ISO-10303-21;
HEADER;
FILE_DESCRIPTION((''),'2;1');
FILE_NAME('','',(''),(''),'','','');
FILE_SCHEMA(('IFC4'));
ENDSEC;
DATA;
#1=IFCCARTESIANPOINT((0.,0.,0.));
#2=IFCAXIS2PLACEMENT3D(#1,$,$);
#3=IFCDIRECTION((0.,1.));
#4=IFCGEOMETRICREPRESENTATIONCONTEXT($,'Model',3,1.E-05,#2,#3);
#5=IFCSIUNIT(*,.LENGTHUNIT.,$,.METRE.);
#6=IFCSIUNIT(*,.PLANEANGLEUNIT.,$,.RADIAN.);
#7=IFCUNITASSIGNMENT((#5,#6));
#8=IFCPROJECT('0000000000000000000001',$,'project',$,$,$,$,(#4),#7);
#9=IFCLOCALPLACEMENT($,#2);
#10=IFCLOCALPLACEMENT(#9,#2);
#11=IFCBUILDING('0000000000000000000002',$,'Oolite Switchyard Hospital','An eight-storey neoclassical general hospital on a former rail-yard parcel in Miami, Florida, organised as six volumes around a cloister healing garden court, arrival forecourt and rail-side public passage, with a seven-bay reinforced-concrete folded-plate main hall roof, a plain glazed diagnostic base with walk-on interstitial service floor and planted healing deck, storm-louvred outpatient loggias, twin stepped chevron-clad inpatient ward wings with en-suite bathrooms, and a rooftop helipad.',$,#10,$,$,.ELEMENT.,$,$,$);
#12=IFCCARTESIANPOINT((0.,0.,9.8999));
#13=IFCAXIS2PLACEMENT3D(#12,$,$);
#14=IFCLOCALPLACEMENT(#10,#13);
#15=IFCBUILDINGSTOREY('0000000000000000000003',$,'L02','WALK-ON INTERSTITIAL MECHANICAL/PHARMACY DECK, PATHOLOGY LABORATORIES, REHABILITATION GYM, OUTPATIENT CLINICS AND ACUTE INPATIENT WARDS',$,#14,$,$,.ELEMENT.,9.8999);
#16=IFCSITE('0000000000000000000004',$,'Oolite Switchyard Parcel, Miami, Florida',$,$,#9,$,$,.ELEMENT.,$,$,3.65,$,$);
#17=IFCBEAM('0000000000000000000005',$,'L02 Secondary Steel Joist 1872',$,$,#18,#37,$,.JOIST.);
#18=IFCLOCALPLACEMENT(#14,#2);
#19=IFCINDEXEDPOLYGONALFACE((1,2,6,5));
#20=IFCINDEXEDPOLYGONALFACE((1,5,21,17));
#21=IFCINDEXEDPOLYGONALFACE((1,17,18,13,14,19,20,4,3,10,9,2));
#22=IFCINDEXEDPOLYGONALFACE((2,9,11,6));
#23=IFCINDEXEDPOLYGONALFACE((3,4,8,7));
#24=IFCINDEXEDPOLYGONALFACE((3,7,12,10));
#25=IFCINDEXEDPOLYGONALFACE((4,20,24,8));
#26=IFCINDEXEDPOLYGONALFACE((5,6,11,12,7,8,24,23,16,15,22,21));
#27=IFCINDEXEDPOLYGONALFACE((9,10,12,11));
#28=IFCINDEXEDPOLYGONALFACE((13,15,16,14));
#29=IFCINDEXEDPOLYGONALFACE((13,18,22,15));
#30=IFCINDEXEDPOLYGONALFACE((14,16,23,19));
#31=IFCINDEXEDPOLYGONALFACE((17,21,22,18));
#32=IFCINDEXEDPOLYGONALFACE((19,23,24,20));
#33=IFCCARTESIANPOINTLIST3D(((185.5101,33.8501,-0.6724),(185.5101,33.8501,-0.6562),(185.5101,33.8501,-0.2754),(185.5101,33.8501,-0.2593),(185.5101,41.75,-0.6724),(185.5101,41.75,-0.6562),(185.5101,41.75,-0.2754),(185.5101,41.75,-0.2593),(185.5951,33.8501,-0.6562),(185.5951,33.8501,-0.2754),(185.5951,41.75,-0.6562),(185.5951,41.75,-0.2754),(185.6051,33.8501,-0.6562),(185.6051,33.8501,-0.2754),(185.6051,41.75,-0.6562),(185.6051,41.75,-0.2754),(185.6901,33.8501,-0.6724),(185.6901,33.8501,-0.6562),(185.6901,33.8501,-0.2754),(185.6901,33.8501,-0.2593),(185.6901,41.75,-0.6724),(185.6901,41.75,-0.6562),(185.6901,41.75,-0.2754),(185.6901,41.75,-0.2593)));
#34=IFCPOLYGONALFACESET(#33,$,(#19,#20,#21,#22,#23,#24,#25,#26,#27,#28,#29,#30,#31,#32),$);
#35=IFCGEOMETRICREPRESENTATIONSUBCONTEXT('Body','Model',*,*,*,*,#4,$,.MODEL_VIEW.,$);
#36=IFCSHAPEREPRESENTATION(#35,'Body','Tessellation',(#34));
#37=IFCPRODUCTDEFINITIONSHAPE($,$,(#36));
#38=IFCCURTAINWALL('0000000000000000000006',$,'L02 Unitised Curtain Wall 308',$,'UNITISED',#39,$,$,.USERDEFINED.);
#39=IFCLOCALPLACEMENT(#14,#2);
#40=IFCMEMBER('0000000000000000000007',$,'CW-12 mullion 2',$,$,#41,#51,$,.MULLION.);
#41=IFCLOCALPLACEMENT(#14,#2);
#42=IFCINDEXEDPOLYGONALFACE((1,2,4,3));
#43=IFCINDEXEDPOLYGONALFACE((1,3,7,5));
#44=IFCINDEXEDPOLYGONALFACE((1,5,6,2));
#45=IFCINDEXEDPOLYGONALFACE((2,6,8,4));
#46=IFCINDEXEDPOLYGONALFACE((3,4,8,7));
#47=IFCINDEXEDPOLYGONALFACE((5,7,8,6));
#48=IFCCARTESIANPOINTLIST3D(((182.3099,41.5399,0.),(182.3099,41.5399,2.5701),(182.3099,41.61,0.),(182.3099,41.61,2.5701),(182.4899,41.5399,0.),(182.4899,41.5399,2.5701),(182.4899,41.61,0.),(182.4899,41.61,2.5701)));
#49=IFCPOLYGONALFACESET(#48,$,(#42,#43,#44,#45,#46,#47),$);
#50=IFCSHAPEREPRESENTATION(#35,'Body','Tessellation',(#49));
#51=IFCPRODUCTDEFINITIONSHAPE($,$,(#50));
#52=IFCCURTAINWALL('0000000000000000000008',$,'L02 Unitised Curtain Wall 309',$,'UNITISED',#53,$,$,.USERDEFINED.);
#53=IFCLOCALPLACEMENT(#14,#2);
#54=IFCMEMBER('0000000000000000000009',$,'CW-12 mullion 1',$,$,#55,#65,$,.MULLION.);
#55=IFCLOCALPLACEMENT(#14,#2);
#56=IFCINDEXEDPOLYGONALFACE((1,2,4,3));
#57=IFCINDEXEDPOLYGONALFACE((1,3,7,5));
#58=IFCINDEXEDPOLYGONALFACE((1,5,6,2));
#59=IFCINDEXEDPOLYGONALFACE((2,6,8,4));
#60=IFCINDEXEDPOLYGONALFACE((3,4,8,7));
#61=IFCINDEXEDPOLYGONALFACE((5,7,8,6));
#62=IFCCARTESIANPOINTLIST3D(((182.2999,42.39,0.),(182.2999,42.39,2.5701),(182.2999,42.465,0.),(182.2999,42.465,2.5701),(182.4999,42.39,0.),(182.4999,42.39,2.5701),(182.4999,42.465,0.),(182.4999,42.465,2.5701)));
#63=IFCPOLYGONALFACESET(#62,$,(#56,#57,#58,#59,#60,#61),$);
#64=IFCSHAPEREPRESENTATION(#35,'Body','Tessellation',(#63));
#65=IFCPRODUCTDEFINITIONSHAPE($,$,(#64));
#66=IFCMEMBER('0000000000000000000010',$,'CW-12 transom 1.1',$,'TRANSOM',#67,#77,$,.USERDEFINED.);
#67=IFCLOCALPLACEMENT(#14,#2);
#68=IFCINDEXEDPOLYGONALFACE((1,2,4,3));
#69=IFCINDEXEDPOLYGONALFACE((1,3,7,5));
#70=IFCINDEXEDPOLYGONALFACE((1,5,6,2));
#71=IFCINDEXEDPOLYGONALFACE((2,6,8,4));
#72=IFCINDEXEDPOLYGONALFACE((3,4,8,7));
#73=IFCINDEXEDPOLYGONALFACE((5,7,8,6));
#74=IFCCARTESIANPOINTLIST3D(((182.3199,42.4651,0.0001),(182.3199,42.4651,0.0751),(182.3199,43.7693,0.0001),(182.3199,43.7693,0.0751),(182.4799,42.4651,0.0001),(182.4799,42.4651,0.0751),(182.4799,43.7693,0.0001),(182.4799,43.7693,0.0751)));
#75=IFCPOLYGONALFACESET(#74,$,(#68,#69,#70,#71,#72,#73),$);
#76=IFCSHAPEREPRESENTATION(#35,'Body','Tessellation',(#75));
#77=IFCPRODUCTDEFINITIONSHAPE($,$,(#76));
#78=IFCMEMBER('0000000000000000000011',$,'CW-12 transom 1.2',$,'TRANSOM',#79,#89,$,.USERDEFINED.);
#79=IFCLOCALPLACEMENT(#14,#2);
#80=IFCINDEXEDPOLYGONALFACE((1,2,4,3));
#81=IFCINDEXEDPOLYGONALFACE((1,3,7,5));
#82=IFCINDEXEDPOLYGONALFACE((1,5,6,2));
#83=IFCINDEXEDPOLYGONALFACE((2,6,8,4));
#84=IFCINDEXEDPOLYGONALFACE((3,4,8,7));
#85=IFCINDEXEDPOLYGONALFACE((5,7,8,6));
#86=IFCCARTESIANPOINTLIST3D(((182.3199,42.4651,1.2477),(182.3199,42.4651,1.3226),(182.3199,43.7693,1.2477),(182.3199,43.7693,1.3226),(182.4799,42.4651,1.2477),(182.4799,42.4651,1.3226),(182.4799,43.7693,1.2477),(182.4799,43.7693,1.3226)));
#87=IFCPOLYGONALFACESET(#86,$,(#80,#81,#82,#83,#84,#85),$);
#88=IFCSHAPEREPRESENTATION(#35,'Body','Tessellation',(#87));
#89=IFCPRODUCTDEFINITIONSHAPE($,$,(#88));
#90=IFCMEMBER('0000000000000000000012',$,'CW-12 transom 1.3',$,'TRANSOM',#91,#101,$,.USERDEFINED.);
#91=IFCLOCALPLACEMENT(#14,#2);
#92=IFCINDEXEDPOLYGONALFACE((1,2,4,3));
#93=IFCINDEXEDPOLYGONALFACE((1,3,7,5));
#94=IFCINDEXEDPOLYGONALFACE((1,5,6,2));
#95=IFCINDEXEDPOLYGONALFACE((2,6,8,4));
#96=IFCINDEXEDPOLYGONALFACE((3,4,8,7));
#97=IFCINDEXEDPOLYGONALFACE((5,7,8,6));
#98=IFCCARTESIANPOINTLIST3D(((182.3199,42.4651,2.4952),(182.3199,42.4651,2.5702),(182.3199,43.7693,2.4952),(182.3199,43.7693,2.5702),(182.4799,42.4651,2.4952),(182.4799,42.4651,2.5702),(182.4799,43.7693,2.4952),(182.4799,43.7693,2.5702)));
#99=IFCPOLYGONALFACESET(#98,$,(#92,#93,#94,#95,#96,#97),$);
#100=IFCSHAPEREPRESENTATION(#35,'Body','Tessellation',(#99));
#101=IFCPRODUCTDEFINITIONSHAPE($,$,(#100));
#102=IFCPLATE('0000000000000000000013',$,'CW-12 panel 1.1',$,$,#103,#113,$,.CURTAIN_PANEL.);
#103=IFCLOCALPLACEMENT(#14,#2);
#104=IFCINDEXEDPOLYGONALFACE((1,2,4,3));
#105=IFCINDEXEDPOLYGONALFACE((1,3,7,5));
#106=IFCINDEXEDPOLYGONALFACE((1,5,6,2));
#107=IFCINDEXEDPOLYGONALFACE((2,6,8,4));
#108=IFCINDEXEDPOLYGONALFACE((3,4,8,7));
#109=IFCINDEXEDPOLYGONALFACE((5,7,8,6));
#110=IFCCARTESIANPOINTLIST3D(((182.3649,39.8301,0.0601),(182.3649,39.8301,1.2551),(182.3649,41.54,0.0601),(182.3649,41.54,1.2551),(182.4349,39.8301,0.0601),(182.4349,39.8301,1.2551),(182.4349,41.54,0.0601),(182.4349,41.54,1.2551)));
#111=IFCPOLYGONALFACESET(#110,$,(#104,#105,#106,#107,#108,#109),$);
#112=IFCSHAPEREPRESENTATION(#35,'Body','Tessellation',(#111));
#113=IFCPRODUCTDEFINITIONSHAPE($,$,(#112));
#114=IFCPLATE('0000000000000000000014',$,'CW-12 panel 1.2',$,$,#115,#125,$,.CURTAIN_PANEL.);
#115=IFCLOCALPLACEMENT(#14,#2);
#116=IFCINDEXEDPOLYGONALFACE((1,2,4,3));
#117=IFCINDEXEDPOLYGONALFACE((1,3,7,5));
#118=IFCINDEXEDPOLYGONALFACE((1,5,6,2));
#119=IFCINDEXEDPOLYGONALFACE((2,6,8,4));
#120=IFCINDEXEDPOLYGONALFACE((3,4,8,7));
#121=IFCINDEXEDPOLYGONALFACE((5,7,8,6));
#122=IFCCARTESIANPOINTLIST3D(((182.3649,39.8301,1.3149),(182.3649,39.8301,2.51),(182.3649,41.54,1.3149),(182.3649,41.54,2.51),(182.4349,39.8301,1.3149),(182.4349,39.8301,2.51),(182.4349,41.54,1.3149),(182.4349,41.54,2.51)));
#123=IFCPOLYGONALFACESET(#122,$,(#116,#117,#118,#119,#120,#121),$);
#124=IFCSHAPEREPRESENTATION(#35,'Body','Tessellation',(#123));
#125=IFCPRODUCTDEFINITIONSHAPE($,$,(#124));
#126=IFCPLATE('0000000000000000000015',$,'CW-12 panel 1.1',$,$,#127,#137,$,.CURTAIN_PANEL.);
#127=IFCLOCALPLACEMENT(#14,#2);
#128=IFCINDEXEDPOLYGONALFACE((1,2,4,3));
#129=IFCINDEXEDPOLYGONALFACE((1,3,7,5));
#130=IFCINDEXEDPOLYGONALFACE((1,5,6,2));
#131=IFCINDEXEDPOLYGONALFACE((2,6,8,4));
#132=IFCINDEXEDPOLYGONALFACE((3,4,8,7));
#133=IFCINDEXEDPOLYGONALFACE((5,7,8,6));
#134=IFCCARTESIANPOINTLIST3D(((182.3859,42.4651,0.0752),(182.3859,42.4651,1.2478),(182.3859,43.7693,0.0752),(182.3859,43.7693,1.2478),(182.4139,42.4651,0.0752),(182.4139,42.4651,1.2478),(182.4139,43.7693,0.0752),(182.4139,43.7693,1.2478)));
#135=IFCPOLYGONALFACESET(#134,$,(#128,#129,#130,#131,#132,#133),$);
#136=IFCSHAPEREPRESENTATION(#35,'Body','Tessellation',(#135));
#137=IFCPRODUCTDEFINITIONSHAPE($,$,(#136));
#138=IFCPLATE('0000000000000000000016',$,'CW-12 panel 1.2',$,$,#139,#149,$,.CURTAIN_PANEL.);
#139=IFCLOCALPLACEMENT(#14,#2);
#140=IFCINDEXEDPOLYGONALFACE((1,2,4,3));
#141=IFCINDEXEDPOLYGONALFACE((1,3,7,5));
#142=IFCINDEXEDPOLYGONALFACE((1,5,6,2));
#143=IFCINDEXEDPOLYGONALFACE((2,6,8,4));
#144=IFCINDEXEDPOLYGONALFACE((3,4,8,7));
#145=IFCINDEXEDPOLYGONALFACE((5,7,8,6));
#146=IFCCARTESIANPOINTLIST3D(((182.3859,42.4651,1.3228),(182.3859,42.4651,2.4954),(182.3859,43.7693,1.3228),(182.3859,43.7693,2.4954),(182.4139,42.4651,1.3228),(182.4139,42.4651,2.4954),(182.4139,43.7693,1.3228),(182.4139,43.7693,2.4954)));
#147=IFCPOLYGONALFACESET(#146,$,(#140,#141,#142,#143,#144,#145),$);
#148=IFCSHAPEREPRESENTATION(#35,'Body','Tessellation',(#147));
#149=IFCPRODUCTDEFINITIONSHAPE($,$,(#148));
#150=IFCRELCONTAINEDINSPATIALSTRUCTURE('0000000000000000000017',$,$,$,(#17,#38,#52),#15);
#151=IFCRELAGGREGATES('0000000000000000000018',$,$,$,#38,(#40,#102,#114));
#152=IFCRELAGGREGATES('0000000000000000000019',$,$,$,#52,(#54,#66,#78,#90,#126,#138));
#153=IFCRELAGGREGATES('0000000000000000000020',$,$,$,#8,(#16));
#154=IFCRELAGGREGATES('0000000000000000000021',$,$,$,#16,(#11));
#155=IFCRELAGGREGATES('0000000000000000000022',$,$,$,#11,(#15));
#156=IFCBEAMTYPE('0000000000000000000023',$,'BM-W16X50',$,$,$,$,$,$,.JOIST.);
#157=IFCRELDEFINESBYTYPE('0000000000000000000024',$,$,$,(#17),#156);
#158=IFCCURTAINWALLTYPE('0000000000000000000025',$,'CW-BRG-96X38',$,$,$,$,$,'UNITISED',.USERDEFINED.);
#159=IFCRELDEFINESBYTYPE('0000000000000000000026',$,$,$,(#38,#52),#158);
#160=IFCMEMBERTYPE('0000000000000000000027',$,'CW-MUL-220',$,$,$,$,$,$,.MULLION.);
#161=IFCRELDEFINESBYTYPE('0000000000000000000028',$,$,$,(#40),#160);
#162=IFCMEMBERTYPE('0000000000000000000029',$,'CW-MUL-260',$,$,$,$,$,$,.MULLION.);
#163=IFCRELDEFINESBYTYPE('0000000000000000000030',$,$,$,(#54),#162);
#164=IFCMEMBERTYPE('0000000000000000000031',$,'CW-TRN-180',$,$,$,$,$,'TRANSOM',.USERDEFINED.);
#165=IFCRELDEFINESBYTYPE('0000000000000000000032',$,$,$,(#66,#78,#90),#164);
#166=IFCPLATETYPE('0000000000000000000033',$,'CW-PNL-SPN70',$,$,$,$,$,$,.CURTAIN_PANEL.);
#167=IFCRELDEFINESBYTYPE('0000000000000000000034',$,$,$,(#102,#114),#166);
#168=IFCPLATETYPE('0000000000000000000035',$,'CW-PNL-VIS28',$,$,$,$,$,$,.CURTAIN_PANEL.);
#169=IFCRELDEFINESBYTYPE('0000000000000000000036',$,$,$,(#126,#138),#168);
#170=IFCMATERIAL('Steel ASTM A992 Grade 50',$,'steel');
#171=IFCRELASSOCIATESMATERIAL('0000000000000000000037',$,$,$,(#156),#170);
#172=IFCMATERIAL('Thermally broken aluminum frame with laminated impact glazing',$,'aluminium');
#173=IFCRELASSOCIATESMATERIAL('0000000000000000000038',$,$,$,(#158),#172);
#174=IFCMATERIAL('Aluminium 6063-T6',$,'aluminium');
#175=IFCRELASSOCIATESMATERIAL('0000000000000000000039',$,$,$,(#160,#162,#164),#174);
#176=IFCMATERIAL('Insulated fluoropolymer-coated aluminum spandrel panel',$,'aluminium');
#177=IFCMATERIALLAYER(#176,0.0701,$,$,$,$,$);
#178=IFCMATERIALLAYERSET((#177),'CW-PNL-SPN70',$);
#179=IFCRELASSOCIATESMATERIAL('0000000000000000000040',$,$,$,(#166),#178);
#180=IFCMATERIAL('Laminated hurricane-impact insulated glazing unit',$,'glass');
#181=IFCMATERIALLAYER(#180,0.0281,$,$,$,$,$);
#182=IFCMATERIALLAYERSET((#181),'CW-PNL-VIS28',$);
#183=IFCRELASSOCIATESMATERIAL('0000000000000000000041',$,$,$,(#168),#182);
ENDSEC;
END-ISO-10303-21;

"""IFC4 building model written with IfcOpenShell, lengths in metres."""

from ifc_helpers import new_model, si_unit, direction, frame, origin, origin_2d, place, context, subcontext, project, spatial, rectangle, i_section, extrude, material, layer, layer_set, material_profile, profile_set, type_object, element, aggregate, save


model = new_model("IFC4")

# Units and contexts
model_context = context("Model", 3, precision=1e-05, world=origin(), true_north=direction((0.0, 1.0)))
body_context = subcontext(model_context, "Body", "Model", "MODEL_VIEW")
ifc_project = project(units=[si_unit("LENGTHUNIT", "METRE"), si_unit("PLANEANGLEUNIT", "RADIAN")], contexts=[model_context])

# Site, building, storey
site_placement = place(None, origin())
site = spatial("IfcSite", under=ifc_project, at=site_placement, Name="Oolite Switchyard Parcel, Miami, Florida", CompositionType="ELEMENT", RefElevation=3.65)
building_placement = place(site_placement, origin())
building = spatial("IfcBuilding", under=site, at=building_placement, Name="Oolite Switchyard Hospital", Description="An eight-storey neoclassical general hospital on a former rail-yard parcel in Miami, Florida, organised as six volumes around a cloister healing garden court, arrival forecourt and rail-side public passage, with a seven-bay reinforced-concrete folded-plate main hall roof, a plain glazed diagnostic base with walk-on interstitial service floor and planted healing deck, storm-louvred outpatient loggias, twin stepped chevron-clad inpatient ward wings with en-suite bathrooms, and a rooftop helipad.", CompositionType="ELEMENT")
storey_placement = place(building_placement, frame((0.0, 0.0, 9.8999)))
storey = spatial("IfcBuildingStorey", under=building, at=storey_placement, Name="L02", Description="WALK-ON INTERSTITIAL MECHANICAL/PHARMACY DECK, PATHOLOGY LABORATORIES, REHABILITATION GYM, OUTPATIENT CLINICS AND ACUTE INPATIENT WARDS", CompositionType="ELEMENT", Elevation=9.8999)

# Beam
ifc_material_1 = material(Name="Steel ASTM A992 Grade 50", Category="steel")
ifc_material_profile_1 = material_profile(ifc_material_1, i_section(OverallWidth=0.1799, OverallDepth=0.4131, WebThickness=0.01, FlangeThickness=0.0161, at=origin_2d()), Name="W16X50")
ifc_profile_set_1 = profile_set([ifc_material_profile_1], Name="Steel ASTM A992 Grade 50")
beam_type_1 = type_object("IfcBeamType", Name="BM-W16X50", PredefinedType="JOIST", material=ifc_profile_set_1)
beam_placement = place(storey_placement, frame((185.6001, 33.8501, -0.4658), z_axis=(0.0, 1.0, 0.0), x_axis=(-1.0, 0.0, 0.0)))
element("IfcBeam", 1, at=beam_placement, inside=storey, type_object=beam_type_1, Name="L02 Secondary Steel Joist 1872", PredefinedType="JOIST", context=body_context, shape_type="SweptSolid", body=[
    extrude(i_section(OverallWidth=0.1799, OverallDepth=0.4131, WebThickness=0.01, FlangeThickness=0.0161, at=origin_2d()), origin(), (0.0, 0.0, 1.0), 7.8999),
])

# Curtain wall, member
ifc_material_2 = material(Name="Thermally broken aluminum frame with laminated impact glazing", Category="aluminium")
curtain_wall_type = type_object("IfcCurtainWallType", Name="CW-BRG-96X38", ElementType="UNITISED", PredefinedType="USERDEFINED", material=ifc_material_2)
curtain_wall_1_placement = place(storey_placement, origin())
curtain_wall_1 = element("IfcCurtainWall", 2, at=curtain_wall_1_placement, inside=storey, type_object=curtain_wall_type, Name="L02 Unitised Curtain Wall 308", ObjectType="UNITISED", PredefinedType="USERDEFINED")
ifc_material_3 = material(Name="Aluminium 6063-T6", Category="aluminium")
ifc_material_profile_2 = material_profile(ifc_material_3, rectangle(XDim=0.1799, YDim=0.0701, at=origin_2d()), Name="CWM70X180")
ifc_profile_set_2 = profile_set([ifc_material_profile_2], Name="Aluminium 6063-T6")
member_type_1 = type_object("IfcMemberType", Name="CW-MUL-220", PredefinedType="MULLION", material=ifc_profile_set_2)
member_1_placement = place(storey_placement, frame((182.3999, 41.575, 0.0), z_axis=(0.0, 0.0, 1.0), x_axis=(-1.0, 0.0, 0.0)))
member_1 = element("IfcMember", 3, at=member_1_placement, type_object=member_type_1, Name="CW-12 mullion 2", PredefinedType="MULLION", context=body_context, shape_type="SweptSolid", body=[
    extrude(rectangle(XDim=0.1799, YDim=0.0701, at=origin_2d()), origin(), (0.0, 0.0, 1.0), 2.5701),
])

# Curtain wall, members
curtain_wall_2_placement = place(storey_placement, origin())
curtain_wall_2 = element("IfcCurtainWall", 4, at=curtain_wall_2_placement, inside=storey, type_object=curtain_wall_type, Name="L02 Unitised Curtain Wall 309", ObjectType="UNITISED", PredefinedType="USERDEFINED")
ifc_material_profile_3 = material_profile(ifc_material_3, rectangle(XDim=0.2, YDim=0.075, at=origin_2d()), Name="CWM75X200")
ifc_profile_set_3 = profile_set([ifc_material_profile_3], Name="Aluminium 6063-T6")
member_type_2 = type_object("IfcMemberType", Name="CW-MUL-260", PredefinedType="MULLION", material=ifc_profile_set_3)
member_2_placement = place(storey_placement, frame((182.3999, 42.4275, 0.0), z_axis=(0.0, 0.0, 1.0), x_axis=(-1.0, 0.0, 0.0)))
member_2 = element("IfcMember", 5, at=member_2_placement, type_object=member_type_2, Name="CW-12 mullion 1", PredefinedType="MULLION", context=body_context, shape_type="SweptSolid", body=[
    extrude(rectangle(XDim=0.2, YDim=0.075, at=origin_2d()), origin(), (0.0, 0.0, 1.0), 2.5701),
])
ifc_material_profile_4 = material_profile(ifc_material_3, rectangle(XDim=0.1599, YDim=0.075, at=origin_2d()), Name="CWT75X160")
ifc_profile_set_4 = profile_set([ifc_material_profile_4], Name="Aluminium 6063-T6")
member_type_3 = type_object("IfcMemberType", Name="CW-TRN-180", ElementType="TRANSOM", PredefinedType="USERDEFINED", material=ifc_profile_set_4)
member_3_placement = place(storey_placement, frame((182.3999, 42.4651, 0.0376), z_axis=(0.0, 1.0, 0.0), x_axis=(-1.0, 0.0, 0.0)))
member_3 = element("IfcMember", 6, at=member_3_placement, type_object=member_type_3, Name="CW-12 transom 1.1", ObjectType="TRANSOM", PredefinedType="USERDEFINED", context=body_context, shape_type="SweptSolid", body=[
    extrude(rectangle(XDim=0.1599, YDim=0.075, at=origin_2d()), origin(), (0.0, 0.0, 1.0), 1.3042),
])
member_4_placement = place(storey_placement, frame((182.3999, 42.4651, 1.2852), z_axis=(0.0, 1.0, 0.0), x_axis=(-1.0, 0.0, 0.0)))
member_4 = element("IfcMember", 7, at=member_4_placement, type_object=member_type_3, Name="CW-12 transom 1.2", ObjectType="TRANSOM", PredefinedType="USERDEFINED", context=body_context, shape_type="SweptSolid", body=[
    extrude(rectangle(XDim=0.1599, YDim=0.075, at=origin_2d()), origin(), (0.0, 0.0, 1.0), 1.3042),
])
member_5_placement = place(storey_placement, frame((182.3999, 42.4651, 2.5327), z_axis=(0.0, 1.0, 0.0), x_axis=(-1.0, 0.0, 0.0)))
member_5 = element("IfcMember", 8, at=member_5_placement, type_object=member_type_3, Name="CW-12 transom 1.3", ObjectType="TRANSOM", PredefinedType="USERDEFINED", context=body_context, shape_type="SweptSolid", body=[
    extrude(rectangle(XDim=0.1599, YDim=0.075, at=origin_2d()), origin(), (0.0, 0.0, 1.0), 1.3042),
])

# Plates
ifc_material_4 = material(Name="Insulated fluoropolymer-coated aluminum spandrel panel", Category="aluminium")
ifc_layer_1 = layer(ifc_material_4, 0.0701)
ifc_layer_set_1 = layer_set([ifc_layer_1], Name="CW-PNL-SPN70")
plate_type_1 = type_object("IfcPlateType", Name="CW-PNL-SPN70", PredefinedType="CURTAIN_PANEL", material=ifc_layer_set_1)
plate_1_placement = place(storey_placement, frame((182.3999, 40.6851, 0.0601), z_axis=(0.0, 0.0, 1.0), x_axis=(0.0, 1.0, 0.0)))
plate_1 = element("IfcPlate", 9, at=plate_1_placement, type_object=plate_type_1, Name="CW-12 panel 1.1", PredefinedType="CURTAIN_PANEL", context=body_context, shape_type="SweptSolid", body=[
    extrude(rectangle(XDim=1.71, YDim=0.0701, at=origin_2d()), origin(), (0.0, 0.0, 1.0), 1.1951),
])
plate_2_placement = place(storey_placement, frame((182.3999, 40.6851, 1.3149), z_axis=(0.0, 0.0, 1.0), x_axis=(0.0, 1.0, 0.0)))
plate_2 = element("IfcPlate", 10, at=plate_2_placement, type_object=plate_type_1, Name="CW-12 panel 1.2", PredefinedType="CURTAIN_PANEL", context=body_context, shape_type="SweptSolid", body=[
    extrude(rectangle(XDim=1.71, YDim=0.0701, at=origin_2d()), origin(), (0.0, 0.0, 1.0), 1.1951),
])
aggregate(curtain_wall_1, [member_1, plate_1, plate_2])
ifc_material_5 = material(Name="Laminated hurricane-impact insulated glazing unit", Category="glass")
ifc_layer_2 = layer(ifc_material_5, 0.0281)
ifc_layer_set_2 = layer_set([ifc_layer_2], Name="CW-PNL-VIS28")
plate_type_2 = type_object("IfcPlateType", Name="CW-PNL-VIS28", PredefinedType="CURTAIN_PANEL", material=ifc_layer_set_2)
plate_3_placement = place(storey_placement, frame((182.3999, 43.1172, 0.0752), z_axis=(0.0, 0.0, 1.0), x_axis=(0.0, 1.0, 0.0)))
plate_3 = element("IfcPlate", 11, at=plate_3_placement, type_object=plate_type_2, Name="CW-12 panel 1.1", PredefinedType="CURTAIN_PANEL", context=body_context, shape_type="SweptSolid", body=[
    extrude(rectangle(XDim=1.3042, YDim=0.0281, at=origin_2d()), origin(), (0.0, 0.0, 1.0), 1.1726),
])
plate_4_placement = place(storey_placement, frame((182.3999, 43.1172, 1.3228), z_axis=(0.0, 0.0, 1.0), x_axis=(0.0, 1.0, 0.0)))
plate_4 = element("IfcPlate", 12, at=plate_4_placement, type_object=plate_type_2, Name="CW-12 panel 1.2", PredefinedType="CURTAIN_PANEL", context=body_context, shape_type="SweptSolid", body=[
    extrude(rectangle(XDim=1.3042, YDim=0.0281, at=origin_2d()), origin(), (0.0, 0.0, 1.0), 1.1726),
])
aggregate(curtain_wall_2, [member_2, member_3, member_4, member_5, plate_3, plate_4])

save(model, "model.ifc")
